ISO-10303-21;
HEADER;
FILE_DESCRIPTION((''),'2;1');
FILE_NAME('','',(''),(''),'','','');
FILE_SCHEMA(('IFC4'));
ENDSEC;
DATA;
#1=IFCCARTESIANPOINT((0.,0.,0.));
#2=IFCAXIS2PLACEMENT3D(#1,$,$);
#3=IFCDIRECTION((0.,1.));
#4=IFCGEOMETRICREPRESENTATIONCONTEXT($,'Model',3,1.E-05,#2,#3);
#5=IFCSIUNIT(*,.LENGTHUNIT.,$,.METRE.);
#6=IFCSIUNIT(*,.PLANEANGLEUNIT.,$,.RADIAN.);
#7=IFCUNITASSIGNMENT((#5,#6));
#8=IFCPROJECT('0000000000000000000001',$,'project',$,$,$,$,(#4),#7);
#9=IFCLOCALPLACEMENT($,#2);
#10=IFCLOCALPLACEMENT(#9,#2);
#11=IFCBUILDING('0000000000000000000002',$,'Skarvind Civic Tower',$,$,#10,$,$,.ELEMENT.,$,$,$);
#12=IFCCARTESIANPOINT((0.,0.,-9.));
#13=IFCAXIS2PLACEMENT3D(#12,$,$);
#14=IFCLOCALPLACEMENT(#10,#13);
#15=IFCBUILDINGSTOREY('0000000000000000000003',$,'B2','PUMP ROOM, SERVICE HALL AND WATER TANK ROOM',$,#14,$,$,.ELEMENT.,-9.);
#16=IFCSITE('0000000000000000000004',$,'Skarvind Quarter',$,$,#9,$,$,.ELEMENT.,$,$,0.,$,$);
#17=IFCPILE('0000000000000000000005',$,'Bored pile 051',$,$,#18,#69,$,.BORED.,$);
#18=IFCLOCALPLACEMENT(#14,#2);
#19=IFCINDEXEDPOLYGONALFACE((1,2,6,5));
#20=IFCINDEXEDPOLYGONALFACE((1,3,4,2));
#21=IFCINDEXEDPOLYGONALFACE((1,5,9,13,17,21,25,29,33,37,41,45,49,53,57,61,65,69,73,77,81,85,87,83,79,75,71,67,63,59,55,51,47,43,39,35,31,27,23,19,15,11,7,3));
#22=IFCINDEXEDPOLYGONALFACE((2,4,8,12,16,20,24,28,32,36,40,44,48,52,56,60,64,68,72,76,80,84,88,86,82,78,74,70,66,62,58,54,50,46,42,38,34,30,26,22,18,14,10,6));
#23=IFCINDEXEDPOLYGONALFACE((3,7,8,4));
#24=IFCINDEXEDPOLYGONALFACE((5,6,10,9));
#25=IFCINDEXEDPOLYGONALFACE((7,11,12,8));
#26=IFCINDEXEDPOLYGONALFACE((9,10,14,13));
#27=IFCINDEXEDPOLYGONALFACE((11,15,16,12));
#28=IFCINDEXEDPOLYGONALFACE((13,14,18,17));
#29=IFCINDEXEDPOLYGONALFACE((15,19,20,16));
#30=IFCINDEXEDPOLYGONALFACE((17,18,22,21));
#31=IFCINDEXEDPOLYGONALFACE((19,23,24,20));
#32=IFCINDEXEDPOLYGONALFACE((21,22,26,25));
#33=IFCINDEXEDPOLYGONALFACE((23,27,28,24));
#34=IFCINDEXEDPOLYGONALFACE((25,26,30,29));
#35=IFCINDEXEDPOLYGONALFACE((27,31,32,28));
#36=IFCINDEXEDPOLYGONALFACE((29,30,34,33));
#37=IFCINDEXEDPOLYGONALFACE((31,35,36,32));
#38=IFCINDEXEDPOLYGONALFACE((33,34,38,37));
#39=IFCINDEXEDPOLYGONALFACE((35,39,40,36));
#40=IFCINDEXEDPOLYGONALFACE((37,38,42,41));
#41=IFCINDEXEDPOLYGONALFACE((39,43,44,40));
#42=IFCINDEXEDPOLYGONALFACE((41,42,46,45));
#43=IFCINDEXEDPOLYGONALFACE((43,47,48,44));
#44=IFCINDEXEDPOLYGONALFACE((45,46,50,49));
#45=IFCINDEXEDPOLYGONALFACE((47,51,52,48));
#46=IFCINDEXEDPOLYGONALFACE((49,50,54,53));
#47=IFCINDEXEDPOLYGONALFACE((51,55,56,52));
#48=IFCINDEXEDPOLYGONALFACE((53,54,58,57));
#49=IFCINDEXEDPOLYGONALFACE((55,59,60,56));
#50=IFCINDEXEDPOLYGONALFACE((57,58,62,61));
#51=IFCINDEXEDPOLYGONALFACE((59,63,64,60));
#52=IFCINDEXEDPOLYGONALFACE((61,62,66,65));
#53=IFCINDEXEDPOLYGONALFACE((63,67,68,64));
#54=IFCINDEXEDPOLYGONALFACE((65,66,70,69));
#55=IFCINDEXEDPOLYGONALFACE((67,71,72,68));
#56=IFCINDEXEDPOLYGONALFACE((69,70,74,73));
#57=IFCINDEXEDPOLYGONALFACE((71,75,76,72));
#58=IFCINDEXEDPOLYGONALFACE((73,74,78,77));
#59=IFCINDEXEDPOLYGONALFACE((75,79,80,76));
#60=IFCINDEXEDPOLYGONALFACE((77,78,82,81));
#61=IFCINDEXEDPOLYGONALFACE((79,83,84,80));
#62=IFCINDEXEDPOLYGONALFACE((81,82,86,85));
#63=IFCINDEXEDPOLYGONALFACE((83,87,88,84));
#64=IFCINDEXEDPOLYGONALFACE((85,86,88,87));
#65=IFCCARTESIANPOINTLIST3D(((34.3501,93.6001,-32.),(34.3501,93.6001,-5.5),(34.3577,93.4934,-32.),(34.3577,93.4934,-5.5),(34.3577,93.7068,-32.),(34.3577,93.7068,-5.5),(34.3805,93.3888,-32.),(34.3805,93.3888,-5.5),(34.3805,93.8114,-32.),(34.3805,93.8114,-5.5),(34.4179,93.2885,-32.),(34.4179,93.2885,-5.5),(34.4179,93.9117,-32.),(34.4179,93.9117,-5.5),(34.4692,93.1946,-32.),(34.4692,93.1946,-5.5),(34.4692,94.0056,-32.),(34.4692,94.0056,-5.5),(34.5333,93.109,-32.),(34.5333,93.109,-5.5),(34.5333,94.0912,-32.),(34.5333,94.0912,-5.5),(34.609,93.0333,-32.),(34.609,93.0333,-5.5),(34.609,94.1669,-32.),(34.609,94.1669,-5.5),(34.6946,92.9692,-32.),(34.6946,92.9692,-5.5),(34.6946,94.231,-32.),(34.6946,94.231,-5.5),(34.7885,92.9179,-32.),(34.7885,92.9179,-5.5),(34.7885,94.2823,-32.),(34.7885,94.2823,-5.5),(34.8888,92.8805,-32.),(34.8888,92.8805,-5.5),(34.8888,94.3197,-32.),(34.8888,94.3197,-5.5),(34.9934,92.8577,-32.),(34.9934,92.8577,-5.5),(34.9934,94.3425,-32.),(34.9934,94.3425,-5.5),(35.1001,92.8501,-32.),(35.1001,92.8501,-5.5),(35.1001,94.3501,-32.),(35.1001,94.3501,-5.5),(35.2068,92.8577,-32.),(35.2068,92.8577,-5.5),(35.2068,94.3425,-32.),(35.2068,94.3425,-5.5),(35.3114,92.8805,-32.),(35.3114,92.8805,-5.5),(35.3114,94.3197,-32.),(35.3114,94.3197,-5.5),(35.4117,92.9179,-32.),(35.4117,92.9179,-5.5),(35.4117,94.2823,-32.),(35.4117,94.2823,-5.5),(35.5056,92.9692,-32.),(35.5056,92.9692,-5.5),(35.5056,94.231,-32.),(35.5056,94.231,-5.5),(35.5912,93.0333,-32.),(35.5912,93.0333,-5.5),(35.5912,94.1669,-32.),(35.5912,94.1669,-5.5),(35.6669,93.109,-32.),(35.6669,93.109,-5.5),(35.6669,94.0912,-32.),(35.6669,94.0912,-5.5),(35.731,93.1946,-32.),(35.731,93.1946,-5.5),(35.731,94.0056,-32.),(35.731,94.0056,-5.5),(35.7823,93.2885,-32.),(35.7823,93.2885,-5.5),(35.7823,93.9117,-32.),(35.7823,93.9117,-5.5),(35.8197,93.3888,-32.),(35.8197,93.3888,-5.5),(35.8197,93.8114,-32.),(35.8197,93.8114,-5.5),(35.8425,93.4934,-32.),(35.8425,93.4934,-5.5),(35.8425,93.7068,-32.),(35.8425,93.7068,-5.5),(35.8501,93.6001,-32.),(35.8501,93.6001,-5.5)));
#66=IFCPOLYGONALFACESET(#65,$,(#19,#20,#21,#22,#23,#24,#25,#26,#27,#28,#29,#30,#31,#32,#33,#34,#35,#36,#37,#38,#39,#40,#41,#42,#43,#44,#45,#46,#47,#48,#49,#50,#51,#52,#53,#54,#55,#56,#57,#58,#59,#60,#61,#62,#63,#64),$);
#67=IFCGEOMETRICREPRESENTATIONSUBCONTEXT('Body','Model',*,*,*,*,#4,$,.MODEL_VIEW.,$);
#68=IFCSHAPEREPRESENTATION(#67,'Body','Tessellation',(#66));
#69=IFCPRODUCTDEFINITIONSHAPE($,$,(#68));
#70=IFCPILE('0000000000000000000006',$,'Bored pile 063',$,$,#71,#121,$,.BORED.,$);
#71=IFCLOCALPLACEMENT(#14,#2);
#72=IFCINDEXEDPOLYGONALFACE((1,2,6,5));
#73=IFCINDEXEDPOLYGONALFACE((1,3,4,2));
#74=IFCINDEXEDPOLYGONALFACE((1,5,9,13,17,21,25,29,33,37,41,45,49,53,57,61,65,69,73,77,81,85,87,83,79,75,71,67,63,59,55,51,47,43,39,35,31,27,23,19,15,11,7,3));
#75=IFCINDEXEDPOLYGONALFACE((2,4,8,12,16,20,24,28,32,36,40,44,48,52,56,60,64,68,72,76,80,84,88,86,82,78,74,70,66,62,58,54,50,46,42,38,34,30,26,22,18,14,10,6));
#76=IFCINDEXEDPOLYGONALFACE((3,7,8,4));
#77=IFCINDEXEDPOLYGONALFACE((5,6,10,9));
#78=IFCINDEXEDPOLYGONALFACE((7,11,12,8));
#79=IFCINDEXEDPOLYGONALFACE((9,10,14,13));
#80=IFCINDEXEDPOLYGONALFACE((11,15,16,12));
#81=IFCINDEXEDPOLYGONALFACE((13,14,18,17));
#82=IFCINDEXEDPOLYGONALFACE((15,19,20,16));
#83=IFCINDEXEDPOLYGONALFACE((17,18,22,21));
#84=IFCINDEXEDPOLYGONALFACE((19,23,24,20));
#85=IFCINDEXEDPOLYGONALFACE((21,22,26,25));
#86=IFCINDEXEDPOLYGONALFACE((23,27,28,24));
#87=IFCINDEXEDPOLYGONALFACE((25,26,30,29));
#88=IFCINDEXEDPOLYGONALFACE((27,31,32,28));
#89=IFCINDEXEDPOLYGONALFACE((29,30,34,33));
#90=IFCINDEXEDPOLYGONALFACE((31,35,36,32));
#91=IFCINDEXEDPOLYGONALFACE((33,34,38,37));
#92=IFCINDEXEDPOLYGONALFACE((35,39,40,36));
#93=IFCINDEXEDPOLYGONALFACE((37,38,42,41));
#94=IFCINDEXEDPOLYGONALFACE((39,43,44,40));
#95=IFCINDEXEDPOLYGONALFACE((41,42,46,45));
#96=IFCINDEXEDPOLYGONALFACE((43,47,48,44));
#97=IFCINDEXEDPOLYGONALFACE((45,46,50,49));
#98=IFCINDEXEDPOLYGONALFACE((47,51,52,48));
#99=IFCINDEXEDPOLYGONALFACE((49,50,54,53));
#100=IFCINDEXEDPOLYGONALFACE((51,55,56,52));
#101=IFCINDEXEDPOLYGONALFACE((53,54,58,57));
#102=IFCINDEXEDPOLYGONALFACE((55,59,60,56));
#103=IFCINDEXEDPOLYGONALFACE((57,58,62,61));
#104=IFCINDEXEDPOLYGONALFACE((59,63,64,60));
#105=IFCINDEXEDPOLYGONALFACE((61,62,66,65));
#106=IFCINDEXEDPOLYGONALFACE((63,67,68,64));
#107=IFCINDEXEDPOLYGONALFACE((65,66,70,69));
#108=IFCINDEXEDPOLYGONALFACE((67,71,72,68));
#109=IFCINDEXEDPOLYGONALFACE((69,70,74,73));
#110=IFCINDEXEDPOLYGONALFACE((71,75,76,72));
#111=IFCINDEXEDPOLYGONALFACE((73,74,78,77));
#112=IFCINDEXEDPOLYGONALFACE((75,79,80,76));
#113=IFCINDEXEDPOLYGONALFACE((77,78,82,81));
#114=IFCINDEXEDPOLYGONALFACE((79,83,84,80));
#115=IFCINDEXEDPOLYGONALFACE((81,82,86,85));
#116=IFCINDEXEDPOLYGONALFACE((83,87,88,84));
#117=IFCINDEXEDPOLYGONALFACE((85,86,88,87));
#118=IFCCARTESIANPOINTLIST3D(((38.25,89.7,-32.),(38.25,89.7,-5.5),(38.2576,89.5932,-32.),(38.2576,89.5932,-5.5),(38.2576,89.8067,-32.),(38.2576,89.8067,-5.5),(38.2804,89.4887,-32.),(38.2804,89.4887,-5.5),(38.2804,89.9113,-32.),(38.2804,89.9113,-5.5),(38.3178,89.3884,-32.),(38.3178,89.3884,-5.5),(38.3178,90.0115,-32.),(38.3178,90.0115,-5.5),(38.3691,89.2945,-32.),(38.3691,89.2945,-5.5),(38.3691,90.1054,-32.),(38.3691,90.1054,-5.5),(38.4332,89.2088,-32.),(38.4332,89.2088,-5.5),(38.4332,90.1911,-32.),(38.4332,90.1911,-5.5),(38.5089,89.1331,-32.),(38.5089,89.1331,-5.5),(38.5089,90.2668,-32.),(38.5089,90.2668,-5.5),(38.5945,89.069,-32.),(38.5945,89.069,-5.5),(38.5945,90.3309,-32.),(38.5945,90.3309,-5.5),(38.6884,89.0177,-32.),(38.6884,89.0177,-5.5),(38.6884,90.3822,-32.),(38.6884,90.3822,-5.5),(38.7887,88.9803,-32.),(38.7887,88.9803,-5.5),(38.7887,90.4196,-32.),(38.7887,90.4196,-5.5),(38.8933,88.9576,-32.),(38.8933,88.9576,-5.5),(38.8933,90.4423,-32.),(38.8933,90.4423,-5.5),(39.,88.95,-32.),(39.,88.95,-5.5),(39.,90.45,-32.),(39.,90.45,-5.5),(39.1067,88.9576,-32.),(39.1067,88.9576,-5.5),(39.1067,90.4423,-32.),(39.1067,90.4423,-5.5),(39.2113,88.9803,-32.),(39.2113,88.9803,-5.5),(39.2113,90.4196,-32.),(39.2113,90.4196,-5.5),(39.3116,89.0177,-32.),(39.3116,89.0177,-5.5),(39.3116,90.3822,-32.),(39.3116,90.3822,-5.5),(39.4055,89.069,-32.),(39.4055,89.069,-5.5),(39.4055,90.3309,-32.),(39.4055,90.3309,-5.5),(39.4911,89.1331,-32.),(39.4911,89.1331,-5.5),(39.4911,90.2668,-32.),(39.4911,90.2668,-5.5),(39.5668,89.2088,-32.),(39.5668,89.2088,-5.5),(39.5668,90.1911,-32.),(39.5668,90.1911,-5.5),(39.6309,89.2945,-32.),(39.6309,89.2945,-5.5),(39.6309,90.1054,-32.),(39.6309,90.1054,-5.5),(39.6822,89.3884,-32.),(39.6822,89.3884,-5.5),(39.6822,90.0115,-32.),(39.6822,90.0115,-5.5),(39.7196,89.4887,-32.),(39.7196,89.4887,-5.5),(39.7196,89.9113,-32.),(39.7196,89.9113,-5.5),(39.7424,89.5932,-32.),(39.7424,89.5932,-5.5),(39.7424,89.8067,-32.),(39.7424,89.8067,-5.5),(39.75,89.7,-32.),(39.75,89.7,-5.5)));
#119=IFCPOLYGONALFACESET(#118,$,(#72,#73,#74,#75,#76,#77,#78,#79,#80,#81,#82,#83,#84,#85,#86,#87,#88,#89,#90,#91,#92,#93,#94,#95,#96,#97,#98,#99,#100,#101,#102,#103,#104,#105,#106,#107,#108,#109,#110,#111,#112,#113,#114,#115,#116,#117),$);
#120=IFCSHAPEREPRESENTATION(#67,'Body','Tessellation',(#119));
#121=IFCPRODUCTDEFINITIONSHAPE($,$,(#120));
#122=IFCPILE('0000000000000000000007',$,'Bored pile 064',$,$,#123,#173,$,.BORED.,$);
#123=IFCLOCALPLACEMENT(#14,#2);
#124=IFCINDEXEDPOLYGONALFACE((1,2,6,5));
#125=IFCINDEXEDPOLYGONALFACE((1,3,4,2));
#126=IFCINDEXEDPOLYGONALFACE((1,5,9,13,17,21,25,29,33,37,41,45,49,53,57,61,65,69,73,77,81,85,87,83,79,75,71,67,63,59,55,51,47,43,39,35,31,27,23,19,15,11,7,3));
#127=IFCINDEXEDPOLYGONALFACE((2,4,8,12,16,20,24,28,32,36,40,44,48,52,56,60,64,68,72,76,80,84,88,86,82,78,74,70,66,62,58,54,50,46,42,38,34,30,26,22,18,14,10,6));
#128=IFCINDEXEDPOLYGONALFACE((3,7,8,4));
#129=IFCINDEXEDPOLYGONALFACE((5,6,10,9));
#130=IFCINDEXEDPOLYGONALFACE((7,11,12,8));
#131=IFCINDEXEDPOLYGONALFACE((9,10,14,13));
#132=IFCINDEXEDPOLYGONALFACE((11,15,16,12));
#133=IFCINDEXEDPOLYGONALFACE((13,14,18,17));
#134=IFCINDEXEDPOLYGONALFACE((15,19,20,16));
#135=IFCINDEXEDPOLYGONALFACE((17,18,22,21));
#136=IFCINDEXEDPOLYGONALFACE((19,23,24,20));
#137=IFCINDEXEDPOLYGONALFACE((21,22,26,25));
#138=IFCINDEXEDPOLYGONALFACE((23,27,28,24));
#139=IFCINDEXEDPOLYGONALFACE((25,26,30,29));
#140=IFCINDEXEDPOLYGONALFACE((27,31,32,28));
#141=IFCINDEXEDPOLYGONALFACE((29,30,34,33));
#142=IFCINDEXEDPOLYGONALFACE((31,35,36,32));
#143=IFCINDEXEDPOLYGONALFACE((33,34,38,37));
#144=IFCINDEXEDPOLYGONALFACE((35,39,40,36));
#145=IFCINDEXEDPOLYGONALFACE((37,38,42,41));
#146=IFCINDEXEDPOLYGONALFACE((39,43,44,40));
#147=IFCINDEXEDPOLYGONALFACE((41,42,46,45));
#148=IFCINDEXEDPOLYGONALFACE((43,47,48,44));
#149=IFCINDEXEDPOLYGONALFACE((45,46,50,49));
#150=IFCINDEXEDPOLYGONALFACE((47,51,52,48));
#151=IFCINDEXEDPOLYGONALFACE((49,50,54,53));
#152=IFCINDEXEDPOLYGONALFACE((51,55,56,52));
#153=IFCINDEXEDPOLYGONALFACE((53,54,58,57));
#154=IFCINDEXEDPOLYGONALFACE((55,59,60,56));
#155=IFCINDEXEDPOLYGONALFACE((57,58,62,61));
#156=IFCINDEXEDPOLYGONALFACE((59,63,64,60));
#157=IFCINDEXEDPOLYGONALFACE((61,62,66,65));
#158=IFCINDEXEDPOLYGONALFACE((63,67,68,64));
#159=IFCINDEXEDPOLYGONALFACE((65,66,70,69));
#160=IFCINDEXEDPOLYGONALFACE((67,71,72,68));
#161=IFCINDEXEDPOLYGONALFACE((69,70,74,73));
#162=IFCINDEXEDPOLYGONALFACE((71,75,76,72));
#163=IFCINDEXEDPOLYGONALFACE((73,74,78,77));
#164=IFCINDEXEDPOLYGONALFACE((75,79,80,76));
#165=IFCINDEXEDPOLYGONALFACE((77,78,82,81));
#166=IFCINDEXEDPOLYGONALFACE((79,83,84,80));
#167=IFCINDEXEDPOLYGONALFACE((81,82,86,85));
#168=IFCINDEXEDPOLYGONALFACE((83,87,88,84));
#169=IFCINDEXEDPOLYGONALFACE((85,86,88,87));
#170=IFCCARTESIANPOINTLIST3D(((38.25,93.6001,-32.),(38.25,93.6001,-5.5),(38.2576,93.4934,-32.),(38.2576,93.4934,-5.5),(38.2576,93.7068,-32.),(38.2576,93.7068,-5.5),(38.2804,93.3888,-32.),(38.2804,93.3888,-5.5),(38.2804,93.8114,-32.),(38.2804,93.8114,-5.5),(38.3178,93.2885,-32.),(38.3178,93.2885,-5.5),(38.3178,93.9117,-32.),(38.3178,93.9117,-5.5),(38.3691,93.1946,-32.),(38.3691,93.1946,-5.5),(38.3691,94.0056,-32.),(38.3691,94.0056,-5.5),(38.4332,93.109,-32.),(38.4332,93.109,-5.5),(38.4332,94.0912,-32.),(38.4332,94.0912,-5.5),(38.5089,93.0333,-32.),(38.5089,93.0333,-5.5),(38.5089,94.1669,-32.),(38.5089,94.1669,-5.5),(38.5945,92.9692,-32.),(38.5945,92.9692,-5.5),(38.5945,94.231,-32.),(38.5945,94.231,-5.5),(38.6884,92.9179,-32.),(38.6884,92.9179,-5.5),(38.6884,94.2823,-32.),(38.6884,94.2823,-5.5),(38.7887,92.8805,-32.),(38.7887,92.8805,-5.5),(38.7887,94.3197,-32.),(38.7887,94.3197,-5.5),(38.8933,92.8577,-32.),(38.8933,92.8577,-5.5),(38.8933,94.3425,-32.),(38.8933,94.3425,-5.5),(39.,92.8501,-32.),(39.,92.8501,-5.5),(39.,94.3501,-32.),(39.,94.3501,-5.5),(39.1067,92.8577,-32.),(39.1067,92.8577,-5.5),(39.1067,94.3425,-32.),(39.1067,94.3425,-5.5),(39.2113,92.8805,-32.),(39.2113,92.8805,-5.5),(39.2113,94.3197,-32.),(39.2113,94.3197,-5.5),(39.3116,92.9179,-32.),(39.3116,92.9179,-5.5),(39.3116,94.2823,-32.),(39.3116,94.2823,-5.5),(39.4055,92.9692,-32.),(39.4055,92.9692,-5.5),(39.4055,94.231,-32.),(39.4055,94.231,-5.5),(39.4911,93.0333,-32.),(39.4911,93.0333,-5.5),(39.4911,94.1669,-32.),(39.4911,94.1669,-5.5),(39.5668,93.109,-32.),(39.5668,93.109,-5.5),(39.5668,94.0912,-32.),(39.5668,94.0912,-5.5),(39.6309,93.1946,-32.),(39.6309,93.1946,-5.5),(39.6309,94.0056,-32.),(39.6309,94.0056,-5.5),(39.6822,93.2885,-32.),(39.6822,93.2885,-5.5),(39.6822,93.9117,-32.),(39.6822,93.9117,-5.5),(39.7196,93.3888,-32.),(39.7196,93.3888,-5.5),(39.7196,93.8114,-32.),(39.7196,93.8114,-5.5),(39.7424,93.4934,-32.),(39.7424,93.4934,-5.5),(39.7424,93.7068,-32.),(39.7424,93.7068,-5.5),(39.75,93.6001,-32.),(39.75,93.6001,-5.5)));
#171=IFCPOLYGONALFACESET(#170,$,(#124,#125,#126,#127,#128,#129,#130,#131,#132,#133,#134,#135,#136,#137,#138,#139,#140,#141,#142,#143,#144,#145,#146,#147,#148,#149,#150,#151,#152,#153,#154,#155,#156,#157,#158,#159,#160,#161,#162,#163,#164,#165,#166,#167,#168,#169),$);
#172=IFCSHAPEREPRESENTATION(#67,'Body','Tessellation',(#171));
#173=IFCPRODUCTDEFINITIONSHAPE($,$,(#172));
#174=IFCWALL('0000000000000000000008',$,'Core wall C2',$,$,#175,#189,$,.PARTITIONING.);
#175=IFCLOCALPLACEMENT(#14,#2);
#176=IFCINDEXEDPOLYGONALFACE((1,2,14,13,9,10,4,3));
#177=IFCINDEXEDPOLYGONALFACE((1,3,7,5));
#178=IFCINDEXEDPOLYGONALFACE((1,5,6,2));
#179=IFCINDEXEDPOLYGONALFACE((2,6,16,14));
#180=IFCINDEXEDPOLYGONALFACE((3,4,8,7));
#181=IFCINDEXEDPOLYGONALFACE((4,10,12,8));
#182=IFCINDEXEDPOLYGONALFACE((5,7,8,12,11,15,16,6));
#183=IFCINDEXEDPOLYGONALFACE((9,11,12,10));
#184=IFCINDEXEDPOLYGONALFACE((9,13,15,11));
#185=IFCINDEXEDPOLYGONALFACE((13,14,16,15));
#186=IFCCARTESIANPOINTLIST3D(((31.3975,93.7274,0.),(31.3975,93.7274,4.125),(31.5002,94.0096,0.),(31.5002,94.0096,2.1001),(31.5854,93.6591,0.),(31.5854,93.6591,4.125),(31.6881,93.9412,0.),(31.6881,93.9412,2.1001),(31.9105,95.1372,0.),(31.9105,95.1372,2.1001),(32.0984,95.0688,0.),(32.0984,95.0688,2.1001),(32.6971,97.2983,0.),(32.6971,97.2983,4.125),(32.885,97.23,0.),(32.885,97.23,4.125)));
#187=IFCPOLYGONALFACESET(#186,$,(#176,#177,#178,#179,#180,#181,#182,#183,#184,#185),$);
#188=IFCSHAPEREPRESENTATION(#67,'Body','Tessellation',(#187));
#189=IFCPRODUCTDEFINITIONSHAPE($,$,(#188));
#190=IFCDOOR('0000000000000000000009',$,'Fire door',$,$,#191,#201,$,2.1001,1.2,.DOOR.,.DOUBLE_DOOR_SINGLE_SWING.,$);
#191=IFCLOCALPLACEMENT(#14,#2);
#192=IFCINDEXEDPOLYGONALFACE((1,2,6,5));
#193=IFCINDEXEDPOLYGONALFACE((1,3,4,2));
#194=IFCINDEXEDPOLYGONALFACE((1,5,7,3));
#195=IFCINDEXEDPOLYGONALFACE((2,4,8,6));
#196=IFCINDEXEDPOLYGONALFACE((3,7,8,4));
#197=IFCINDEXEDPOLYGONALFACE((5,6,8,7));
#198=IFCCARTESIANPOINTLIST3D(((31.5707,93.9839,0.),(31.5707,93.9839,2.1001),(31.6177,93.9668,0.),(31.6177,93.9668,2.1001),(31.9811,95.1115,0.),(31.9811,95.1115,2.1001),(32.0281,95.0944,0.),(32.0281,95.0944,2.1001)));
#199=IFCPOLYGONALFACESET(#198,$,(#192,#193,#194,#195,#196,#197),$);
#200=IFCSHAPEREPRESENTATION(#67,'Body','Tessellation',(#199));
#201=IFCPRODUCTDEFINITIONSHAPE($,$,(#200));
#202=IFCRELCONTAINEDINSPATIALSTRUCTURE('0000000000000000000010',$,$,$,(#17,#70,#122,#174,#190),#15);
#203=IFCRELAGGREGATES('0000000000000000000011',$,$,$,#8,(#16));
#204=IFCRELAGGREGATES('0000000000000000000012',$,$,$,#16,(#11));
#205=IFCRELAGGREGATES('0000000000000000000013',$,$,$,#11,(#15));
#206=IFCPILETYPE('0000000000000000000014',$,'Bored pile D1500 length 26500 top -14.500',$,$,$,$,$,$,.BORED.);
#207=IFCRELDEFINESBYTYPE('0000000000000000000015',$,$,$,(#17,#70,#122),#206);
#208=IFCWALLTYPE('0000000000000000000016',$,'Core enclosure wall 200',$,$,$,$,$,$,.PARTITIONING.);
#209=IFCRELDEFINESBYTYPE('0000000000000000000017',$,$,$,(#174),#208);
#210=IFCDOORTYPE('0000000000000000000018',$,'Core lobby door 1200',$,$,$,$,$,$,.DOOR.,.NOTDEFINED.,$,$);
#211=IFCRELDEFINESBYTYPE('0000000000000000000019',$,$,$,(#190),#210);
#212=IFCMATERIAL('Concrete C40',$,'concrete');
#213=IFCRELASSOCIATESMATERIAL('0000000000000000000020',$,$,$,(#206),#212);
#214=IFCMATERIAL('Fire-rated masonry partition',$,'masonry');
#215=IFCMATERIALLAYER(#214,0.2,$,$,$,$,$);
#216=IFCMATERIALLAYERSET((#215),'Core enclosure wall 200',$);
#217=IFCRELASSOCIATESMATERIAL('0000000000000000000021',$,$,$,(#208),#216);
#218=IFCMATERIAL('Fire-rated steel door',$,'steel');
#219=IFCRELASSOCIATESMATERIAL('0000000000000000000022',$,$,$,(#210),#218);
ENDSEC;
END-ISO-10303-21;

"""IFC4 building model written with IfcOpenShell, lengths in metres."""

from ifc_helpers import new_model, si_unit, direction, frame, frame_2d, origin, origin_2d, place, context, subcontext, project, spatial, rectangle, circle, extrude, material, layer, layer_set, type_object, element, fill, save


model = new_model("IFC4")

# Units and contexts
model_context = context("Model", 3, precision=1e-05, world=origin(), true_north=direction((0.0, 1.0)))
body_context = subcontext(model_context, "Body", "Model", "MODEL_VIEW")
ifc_project = project(units=[si_unit("LENGTHUNIT", "METRE"), si_unit("PLANEANGLEUNIT", "RADIAN")], contexts=[model_context])

# Site, building, storey
site_placement = place(None, origin())
site = spatial("IfcSite", under=ifc_project, at=site_placement, Name="Skarvind Quarter", CompositionType="ELEMENT", RefElevation=0.0)
building_placement = place(site_placement, origin())
building = spatial("IfcBuilding", under=site, at=building_placement, Name="Skarvind Civic Tower", CompositionType="ELEMENT")
storey_placement = place(building_placement, frame((0.0, 0.0, -9.0)))
storey = spatial("IfcBuildingStorey", under=building, at=storey_placement, Name="B2", Description="PUMP ROOM, SERVICE HALL AND WATER TANK ROOM", CompositionType="ELEMENT", Elevation=-9.0)

# Piles
ifc_material_1 = material(Name="Concrete C40", Category="concrete")
pile_type = type_object("IfcPileType", Name="Bored pile D1500 length 26500 top -14.500", PredefinedType="BORED", material=ifc_material_1)
for number, where, z_axis, x_axis, name in (
    (1, (35.1001, 93.6001, -5.5), (0.0, 0.0, -1.0), (1.0, 0.0, 0.0), "Bored pile 051"),
    (2, (39.0, 89.7, -5.5), (0.0, 0.0, -1.0), (1.0, 0.0, 0.0), "Bored pile 063"),
    (3, (39.0, 93.6001, -5.5), (0.0, 0.0, -1.0), (1.0, 0.0, 0.0), "Bored pile 064"),
):
    element("IfcPile", number, at=place(storey_placement, frame(where, z_axis=z_axis, x_axis=x_axis)), inside=storey, type_object=pile_type, Name=name, PredefinedType="BORED", context=body_context, shape_type="SweptSolid", body=[
        extrude(circle(Radius=0.75, at=origin_2d()), origin(), (0.0, 0.0, 1.0), 26.5),
    ])

# Wall, opening, door
ifc_material_2 = material(Name="Fire-rated masonry partition", Category="masonry")
ifc_layer_1 = layer(ifc_material_2, 0.2)
ifc_layer_set_1 = layer_set([ifc_layer_1], Name="Core enclosure wall 200")
wall_type_1 = type_object("IfcWallType", Name="Core enclosure wall 200", PredefinedType="PARTITIONING", material=ifc_layer_set_1)
wall_1_placement = place(storey_placement, frame((31.4915, 93.6934, 0.0), z_axis=(0.0, 0.0, 1.0), x_axis=(0.341996, 0.939701, 0.0)))
wall_1 = element("IfcWall", 4, at=wall_1_placement, inside=storey, type_object=wall_type_1, Name="Core wall C2", PredefinedType="PARTITIONING", context=body_context, shape_type="SweptSolid", body=[
    extrude(rectangle(XDim=3.8, YDim=0.2, at=frame_2d((1.8999, 0.0))), origin(), (0.0, 0.0, 1.0), 4.125),
])
opening_1_placement = place(wall_1_placement, frame((0.3, 0.0, 0.0)))
opening_1 = element("IfcOpeningElement", 5, at=opening_1_placement, cuts=wall_1, PredefinedType="OPENING", context=body_context, shape_type="SweptSolid", body=[
    extrude(rectangle(XDim=1.2, YDim=2.1001, at=frame_2d((0.6001, 1.05))), frame((0.0, 0.1099, 0.0), z_axis=(0.0, -1.0, 0.0), x_axis=(1.0, 0.0, 0.0)), (0.0, 0.0, 1.0), 0.22),
])
ifc_material_3 = material(Name="Fire-rated steel door", Category="steel")
door_type_1 = type_object("IfcDoorType", Name="Core lobby door 1200", OperationType="NOTDEFINED", PredefinedType="DOOR", material=ifc_material_3)
door_1_placement = place(opening_1_placement, origin())
door_1 = element("IfcDoor", 6, at=door_1_placement, inside=storey, type_object=door_type_1, Name="Fire door", OperationType="DOUBLE_DOOR_SINGLE_SWING", OverallHeight=2.1001, OverallWidth=1.2, PredefinedType="DOOR", context=body_context, shape_type="SweptSolid", body=[
    extrude(rectangle(XDim=1.2, YDim=2.1001, at=frame_2d((0.6001, 1.05))), frame((0.0, 0.0249, 0.0), z_axis=(0.0, -1.0, 0.0), x_axis=(1.0, 0.0, 0.0)), (0.0, 0.0, 1.0), 0.05),
])
fill(opening_1, door_1)

save(model, "model.ifc")
